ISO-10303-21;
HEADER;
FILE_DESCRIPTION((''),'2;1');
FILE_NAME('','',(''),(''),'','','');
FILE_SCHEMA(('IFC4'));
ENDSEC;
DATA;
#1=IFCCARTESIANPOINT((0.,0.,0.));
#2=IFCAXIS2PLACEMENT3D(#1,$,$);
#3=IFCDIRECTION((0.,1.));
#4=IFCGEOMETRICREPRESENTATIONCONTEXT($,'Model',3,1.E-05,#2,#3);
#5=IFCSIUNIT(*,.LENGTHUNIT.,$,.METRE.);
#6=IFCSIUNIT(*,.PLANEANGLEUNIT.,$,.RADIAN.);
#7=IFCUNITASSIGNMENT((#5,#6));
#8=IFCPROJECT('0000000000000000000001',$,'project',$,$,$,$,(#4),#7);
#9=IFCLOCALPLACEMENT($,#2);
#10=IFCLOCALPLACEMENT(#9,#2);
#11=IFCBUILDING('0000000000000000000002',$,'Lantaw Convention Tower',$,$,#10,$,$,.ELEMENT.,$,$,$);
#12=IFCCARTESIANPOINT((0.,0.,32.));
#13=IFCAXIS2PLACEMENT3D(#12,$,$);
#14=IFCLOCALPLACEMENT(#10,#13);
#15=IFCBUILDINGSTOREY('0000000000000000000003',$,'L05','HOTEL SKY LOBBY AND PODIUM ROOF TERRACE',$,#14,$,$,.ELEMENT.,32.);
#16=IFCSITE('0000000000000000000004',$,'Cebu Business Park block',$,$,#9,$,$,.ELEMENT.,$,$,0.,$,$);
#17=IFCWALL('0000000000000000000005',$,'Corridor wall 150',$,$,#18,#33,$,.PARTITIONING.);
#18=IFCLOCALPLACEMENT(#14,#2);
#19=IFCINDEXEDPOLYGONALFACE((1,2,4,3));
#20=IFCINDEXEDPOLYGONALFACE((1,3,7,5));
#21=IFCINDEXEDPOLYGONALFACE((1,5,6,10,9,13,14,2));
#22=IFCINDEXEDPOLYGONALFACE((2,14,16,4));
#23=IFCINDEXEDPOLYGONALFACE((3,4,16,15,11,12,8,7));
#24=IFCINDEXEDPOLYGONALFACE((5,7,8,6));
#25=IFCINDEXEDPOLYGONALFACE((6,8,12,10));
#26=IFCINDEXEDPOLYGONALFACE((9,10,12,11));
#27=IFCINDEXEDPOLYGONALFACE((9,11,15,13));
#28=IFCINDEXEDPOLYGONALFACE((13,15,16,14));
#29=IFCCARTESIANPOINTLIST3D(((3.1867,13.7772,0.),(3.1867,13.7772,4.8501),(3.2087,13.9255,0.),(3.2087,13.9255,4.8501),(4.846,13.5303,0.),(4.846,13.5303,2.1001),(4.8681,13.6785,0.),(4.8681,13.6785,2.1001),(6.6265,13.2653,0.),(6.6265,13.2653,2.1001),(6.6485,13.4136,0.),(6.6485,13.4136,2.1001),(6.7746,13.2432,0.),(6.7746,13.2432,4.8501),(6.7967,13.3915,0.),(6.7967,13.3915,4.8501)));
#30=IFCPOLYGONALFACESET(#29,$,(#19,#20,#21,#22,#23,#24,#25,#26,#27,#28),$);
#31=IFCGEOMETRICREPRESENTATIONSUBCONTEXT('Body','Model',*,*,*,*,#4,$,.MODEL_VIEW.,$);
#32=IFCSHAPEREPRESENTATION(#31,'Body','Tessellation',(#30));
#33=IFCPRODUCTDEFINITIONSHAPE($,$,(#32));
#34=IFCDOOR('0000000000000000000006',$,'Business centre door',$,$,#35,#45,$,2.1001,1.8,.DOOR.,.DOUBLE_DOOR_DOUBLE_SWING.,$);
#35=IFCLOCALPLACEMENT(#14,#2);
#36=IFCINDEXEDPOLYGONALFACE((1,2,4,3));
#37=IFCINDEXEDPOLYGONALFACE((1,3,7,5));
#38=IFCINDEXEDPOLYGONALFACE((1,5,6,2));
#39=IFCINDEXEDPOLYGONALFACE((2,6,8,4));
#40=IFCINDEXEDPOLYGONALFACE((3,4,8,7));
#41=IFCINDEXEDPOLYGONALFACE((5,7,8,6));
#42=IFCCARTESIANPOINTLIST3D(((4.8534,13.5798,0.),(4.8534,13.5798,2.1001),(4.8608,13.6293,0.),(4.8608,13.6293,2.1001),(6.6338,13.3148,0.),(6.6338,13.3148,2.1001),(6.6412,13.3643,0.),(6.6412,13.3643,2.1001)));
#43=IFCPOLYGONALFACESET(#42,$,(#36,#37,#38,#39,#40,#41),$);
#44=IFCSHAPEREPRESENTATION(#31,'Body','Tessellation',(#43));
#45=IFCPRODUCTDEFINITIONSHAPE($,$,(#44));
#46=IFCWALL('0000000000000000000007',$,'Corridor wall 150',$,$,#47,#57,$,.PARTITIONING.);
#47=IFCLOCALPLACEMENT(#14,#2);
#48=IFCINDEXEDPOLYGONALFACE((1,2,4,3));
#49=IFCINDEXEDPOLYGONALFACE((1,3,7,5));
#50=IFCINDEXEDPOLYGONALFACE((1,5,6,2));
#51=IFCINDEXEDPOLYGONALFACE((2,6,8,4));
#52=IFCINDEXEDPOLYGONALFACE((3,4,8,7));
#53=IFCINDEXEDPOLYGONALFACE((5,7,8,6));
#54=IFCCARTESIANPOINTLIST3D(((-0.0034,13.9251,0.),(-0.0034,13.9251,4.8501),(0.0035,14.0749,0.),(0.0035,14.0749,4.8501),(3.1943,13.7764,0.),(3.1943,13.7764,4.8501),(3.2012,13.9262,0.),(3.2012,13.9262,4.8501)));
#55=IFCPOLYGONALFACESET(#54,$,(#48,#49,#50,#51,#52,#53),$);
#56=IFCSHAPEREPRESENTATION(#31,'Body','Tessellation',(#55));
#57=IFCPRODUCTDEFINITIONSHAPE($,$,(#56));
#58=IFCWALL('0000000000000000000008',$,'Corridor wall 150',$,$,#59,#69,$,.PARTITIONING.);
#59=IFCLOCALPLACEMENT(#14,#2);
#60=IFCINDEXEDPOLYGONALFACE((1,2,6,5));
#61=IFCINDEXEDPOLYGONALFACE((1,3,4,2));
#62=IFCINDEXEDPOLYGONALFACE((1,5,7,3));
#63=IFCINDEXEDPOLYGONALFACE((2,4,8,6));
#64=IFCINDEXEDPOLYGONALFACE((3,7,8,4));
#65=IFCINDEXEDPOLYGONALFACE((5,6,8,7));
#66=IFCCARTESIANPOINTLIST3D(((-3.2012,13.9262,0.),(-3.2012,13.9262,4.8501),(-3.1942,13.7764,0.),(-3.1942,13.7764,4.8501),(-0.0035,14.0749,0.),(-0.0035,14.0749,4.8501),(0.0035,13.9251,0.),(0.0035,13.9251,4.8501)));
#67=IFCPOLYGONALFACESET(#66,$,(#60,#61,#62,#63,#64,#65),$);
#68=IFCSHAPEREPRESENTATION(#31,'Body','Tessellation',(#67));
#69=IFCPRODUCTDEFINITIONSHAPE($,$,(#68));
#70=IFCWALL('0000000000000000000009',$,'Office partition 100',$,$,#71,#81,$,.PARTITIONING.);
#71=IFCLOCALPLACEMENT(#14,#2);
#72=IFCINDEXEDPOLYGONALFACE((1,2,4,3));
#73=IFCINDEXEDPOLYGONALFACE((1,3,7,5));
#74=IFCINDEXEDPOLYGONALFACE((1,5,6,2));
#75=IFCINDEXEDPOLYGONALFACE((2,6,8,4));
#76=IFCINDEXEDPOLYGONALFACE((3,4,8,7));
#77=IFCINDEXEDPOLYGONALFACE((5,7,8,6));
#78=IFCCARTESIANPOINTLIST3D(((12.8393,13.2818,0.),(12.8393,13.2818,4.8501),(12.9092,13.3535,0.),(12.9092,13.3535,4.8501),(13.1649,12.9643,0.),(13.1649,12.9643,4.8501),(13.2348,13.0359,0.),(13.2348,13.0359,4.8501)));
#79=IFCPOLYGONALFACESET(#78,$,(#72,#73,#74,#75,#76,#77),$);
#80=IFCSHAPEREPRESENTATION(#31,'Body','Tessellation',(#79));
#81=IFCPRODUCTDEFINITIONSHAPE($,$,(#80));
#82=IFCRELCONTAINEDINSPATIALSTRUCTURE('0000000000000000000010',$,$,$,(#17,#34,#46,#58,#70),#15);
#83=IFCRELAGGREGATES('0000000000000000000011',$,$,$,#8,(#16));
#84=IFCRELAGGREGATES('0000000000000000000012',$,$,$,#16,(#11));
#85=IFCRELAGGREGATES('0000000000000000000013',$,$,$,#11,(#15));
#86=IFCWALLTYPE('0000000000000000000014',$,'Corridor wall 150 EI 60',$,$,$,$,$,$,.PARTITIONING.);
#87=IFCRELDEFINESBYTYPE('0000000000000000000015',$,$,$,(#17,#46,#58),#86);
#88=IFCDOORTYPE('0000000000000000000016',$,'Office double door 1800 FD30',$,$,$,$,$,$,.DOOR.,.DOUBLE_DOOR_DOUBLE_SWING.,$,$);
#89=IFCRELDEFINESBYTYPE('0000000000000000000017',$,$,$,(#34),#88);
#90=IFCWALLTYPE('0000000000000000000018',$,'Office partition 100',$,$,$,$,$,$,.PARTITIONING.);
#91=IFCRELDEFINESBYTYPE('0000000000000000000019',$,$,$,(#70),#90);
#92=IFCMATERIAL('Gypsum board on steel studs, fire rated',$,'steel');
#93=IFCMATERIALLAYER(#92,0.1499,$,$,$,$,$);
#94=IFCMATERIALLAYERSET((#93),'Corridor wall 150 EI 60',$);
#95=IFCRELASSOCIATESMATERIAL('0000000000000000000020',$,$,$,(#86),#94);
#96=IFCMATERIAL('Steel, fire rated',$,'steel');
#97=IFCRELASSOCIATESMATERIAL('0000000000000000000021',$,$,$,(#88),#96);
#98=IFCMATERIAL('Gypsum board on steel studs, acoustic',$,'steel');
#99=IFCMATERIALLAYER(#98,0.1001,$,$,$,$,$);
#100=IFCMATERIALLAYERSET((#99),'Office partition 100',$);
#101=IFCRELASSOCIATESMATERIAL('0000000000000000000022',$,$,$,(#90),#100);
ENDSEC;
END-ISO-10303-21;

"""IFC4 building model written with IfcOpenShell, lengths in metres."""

from ifc_helpers import new_model, si_unit, direction, frame, frame_2d, origin, place, context, subcontext, project, spatial, rectangle, extrude, material, layer, layer_set, type_object, element, fill, save


model = new_model("IFC4")

# Units and contexts
model_context = context("Model", 3, precision=1e-05, world=origin(), true_north=direction((0.0, 1.0)))
body_context = subcontext(model_context, "Body", "Model", "MODEL_VIEW")
ifc_project = project(units=[si_unit("LENGTHUNIT", "METRE"), si_unit("PLANEANGLEUNIT", "RADIAN")], contexts=[model_context])

# Site, building, storey
site_placement = place(None, origin())
site = spatial("IfcSite", under=ifc_project, at=site_placement, Name="Cebu Business Park block", CompositionType="ELEMENT", RefElevation=0.0)
building_placement = place(site_placement, origin())
building = spatial("IfcBuilding", under=site, at=building_placement, Name="Lantaw Convention Tower", CompositionType="ELEMENT")
storey_placement = place(building_placement, frame((0.0, 0.0, 32.0)))
storey = spatial("IfcBuildingStorey", under=building, at=storey_placement, Name="L05", Description="HOTEL SKY LOBBY AND PODIUM ROOF TERRACE", CompositionType="ELEMENT", Elevation=32.0)

# Wall, opening, door
ifc_material_1 = material(Name="Gypsum board on steel studs, fire rated", Category="steel")
ifc_layer_1 = layer(ifc_material_1, 0.1499)
ifc_layer_set_1 = layer_set([ifc_layer_1], Name="Corridor wall 150 EI 60")
wall_type_1 = type_object("IfcWallType", Name="Corridor wall 150 EI 60", PredefinedType="PARTITIONING", material=ifc_layer_set_1)
ifc_material_2 = material(Name="Steel, fire rated", Category="steel")
wall_1_placement = place(storey_placement, frame((6.7856, 13.3174, 0.0), z_axis=(0.0, 0.0, 1.0), x_axis=(-0.989107, 0.147195, 0.0)))
wall_1 = element("IfcWall", 1, at=wall_1_placement, inside=storey, type_object=wall_type_1, Name="Corridor wall 150", PredefinedType="PARTITIONING", context=body_context, shape_type="SweptSolid", body=[
    extrude(rectangle(XDim=3.6274, YDim=0.1499, at=frame_2d((1.8137, 0.0))), origin(), (0.0, 0.0, 1.0), 4.8501),
])
opening_1_placement = place(wall_1_placement, frame((0.1499, 0.0, 0.0)))
opening_1 = element("IfcOpeningElement", 2, at=opening_1_placement, cuts=wall_1, PredefinedType="OPENING", context=body_context, shape_type="SweptSolid", body=[
    extrude(rectangle(XDim=1.8, YDim=2.1001, at=frame_2d((0.8999, 1.05))), frame((0.0, 0.085, 0.0), z_axis=(0.0, -1.0, 0.0), x_axis=(1.0, 0.0, 0.0)), (0.0, 0.0, 1.0), 0.1699),
])
door_type_1 = type_object("IfcDoorType", Name="Office double door 1800 FD30", OperationType="DOUBLE_DOOR_DOUBLE_SWING", PredefinedType="DOOR", material=ifc_material_2)
door_1_placement = place(opening_1_placement, origin())
door_1 = element("IfcDoor", 3, at=door_1_placement, inside=storey, type_object=door_type_1, Name="Business centre door", OperationType="DOUBLE_DOOR_DOUBLE_SWING", OverallHeight=2.1001, OverallWidth=1.8, PredefinedType="DOOR", context=body_context, shape_type="SweptSolid", body=[
    extrude(rectangle(XDim=1.8, YDim=2.1001, at=frame_2d((0.8999, 1.05))), frame((0.0, 0.0249, 0.0), z_axis=(0.0, -1.0, 0.0), x_axis=(1.0, 0.0, 0.0)), (0.0, 0.0, 1.0), 0.05),
])
fill(opening_1, door_1)

# Walls
for number, where, z_axis, x_axis, name in (
    (4, (3.1978, 13.8513, 0.0), (0.0, 0.0, 1.0), (-0.998921, 0.046445, 0.0), "Corridor wall 150"),
    (5, (0.0, 14.0, 0.0), (0.0, 0.0, 1.0), (-0.998921, -0.046445, 0.0), "Corridor wall 150"),
):
    element("IfcWall", number, at=place(storey_placement, frame(where, z_axis=z_axis, x_axis=x_axis)), inside=storey, type_object=wall_type_1, Name=name, PredefinedType="PARTITIONING", context=body_context, shape_type="SweptSolid", body=[
        extrude(rectangle(XDim=3.2012, YDim=0.1499, at=frame_2d((1.6006, 0.0))), origin(), (0.0, 0.0, 1.0), 4.8501),
    ])
ifc_material_3 = material(Name="Gypsum board on steel studs, acoustic", Category="steel")
ifc_layer_2 = layer(ifc_material_3, 0.1001)
ifc_layer_set_2 = layer_set([ifc_layer_2], Name="Office partition 100")
wall_type_2 = type_object("IfcWallType", Name="Office partition 100", PredefinedType="PARTITIONING", material=ifc_layer_set_2)
wall_2_placement = place(storey_placement, frame((13.2, 13.0, 0.0), z_axis=(0.0, 0.0, 1.0), x_axis=(-0.715906, 0.698196, 0.0)))
element("IfcWall", 6, at=wall_2_placement, inside=storey, type_object=wall_type_2, Name="Office partition 100", PredefinedType="PARTITIONING", context=body_context, shape_type="SweptSolid", body=[
    extrude(rectangle(XDim=0.4548, YDim=0.1001, at=frame_2d((0.2275, 0.0))), origin(), (0.0, 0.0, 1.0), 4.8501),
])

save(model, "model.ifc")
